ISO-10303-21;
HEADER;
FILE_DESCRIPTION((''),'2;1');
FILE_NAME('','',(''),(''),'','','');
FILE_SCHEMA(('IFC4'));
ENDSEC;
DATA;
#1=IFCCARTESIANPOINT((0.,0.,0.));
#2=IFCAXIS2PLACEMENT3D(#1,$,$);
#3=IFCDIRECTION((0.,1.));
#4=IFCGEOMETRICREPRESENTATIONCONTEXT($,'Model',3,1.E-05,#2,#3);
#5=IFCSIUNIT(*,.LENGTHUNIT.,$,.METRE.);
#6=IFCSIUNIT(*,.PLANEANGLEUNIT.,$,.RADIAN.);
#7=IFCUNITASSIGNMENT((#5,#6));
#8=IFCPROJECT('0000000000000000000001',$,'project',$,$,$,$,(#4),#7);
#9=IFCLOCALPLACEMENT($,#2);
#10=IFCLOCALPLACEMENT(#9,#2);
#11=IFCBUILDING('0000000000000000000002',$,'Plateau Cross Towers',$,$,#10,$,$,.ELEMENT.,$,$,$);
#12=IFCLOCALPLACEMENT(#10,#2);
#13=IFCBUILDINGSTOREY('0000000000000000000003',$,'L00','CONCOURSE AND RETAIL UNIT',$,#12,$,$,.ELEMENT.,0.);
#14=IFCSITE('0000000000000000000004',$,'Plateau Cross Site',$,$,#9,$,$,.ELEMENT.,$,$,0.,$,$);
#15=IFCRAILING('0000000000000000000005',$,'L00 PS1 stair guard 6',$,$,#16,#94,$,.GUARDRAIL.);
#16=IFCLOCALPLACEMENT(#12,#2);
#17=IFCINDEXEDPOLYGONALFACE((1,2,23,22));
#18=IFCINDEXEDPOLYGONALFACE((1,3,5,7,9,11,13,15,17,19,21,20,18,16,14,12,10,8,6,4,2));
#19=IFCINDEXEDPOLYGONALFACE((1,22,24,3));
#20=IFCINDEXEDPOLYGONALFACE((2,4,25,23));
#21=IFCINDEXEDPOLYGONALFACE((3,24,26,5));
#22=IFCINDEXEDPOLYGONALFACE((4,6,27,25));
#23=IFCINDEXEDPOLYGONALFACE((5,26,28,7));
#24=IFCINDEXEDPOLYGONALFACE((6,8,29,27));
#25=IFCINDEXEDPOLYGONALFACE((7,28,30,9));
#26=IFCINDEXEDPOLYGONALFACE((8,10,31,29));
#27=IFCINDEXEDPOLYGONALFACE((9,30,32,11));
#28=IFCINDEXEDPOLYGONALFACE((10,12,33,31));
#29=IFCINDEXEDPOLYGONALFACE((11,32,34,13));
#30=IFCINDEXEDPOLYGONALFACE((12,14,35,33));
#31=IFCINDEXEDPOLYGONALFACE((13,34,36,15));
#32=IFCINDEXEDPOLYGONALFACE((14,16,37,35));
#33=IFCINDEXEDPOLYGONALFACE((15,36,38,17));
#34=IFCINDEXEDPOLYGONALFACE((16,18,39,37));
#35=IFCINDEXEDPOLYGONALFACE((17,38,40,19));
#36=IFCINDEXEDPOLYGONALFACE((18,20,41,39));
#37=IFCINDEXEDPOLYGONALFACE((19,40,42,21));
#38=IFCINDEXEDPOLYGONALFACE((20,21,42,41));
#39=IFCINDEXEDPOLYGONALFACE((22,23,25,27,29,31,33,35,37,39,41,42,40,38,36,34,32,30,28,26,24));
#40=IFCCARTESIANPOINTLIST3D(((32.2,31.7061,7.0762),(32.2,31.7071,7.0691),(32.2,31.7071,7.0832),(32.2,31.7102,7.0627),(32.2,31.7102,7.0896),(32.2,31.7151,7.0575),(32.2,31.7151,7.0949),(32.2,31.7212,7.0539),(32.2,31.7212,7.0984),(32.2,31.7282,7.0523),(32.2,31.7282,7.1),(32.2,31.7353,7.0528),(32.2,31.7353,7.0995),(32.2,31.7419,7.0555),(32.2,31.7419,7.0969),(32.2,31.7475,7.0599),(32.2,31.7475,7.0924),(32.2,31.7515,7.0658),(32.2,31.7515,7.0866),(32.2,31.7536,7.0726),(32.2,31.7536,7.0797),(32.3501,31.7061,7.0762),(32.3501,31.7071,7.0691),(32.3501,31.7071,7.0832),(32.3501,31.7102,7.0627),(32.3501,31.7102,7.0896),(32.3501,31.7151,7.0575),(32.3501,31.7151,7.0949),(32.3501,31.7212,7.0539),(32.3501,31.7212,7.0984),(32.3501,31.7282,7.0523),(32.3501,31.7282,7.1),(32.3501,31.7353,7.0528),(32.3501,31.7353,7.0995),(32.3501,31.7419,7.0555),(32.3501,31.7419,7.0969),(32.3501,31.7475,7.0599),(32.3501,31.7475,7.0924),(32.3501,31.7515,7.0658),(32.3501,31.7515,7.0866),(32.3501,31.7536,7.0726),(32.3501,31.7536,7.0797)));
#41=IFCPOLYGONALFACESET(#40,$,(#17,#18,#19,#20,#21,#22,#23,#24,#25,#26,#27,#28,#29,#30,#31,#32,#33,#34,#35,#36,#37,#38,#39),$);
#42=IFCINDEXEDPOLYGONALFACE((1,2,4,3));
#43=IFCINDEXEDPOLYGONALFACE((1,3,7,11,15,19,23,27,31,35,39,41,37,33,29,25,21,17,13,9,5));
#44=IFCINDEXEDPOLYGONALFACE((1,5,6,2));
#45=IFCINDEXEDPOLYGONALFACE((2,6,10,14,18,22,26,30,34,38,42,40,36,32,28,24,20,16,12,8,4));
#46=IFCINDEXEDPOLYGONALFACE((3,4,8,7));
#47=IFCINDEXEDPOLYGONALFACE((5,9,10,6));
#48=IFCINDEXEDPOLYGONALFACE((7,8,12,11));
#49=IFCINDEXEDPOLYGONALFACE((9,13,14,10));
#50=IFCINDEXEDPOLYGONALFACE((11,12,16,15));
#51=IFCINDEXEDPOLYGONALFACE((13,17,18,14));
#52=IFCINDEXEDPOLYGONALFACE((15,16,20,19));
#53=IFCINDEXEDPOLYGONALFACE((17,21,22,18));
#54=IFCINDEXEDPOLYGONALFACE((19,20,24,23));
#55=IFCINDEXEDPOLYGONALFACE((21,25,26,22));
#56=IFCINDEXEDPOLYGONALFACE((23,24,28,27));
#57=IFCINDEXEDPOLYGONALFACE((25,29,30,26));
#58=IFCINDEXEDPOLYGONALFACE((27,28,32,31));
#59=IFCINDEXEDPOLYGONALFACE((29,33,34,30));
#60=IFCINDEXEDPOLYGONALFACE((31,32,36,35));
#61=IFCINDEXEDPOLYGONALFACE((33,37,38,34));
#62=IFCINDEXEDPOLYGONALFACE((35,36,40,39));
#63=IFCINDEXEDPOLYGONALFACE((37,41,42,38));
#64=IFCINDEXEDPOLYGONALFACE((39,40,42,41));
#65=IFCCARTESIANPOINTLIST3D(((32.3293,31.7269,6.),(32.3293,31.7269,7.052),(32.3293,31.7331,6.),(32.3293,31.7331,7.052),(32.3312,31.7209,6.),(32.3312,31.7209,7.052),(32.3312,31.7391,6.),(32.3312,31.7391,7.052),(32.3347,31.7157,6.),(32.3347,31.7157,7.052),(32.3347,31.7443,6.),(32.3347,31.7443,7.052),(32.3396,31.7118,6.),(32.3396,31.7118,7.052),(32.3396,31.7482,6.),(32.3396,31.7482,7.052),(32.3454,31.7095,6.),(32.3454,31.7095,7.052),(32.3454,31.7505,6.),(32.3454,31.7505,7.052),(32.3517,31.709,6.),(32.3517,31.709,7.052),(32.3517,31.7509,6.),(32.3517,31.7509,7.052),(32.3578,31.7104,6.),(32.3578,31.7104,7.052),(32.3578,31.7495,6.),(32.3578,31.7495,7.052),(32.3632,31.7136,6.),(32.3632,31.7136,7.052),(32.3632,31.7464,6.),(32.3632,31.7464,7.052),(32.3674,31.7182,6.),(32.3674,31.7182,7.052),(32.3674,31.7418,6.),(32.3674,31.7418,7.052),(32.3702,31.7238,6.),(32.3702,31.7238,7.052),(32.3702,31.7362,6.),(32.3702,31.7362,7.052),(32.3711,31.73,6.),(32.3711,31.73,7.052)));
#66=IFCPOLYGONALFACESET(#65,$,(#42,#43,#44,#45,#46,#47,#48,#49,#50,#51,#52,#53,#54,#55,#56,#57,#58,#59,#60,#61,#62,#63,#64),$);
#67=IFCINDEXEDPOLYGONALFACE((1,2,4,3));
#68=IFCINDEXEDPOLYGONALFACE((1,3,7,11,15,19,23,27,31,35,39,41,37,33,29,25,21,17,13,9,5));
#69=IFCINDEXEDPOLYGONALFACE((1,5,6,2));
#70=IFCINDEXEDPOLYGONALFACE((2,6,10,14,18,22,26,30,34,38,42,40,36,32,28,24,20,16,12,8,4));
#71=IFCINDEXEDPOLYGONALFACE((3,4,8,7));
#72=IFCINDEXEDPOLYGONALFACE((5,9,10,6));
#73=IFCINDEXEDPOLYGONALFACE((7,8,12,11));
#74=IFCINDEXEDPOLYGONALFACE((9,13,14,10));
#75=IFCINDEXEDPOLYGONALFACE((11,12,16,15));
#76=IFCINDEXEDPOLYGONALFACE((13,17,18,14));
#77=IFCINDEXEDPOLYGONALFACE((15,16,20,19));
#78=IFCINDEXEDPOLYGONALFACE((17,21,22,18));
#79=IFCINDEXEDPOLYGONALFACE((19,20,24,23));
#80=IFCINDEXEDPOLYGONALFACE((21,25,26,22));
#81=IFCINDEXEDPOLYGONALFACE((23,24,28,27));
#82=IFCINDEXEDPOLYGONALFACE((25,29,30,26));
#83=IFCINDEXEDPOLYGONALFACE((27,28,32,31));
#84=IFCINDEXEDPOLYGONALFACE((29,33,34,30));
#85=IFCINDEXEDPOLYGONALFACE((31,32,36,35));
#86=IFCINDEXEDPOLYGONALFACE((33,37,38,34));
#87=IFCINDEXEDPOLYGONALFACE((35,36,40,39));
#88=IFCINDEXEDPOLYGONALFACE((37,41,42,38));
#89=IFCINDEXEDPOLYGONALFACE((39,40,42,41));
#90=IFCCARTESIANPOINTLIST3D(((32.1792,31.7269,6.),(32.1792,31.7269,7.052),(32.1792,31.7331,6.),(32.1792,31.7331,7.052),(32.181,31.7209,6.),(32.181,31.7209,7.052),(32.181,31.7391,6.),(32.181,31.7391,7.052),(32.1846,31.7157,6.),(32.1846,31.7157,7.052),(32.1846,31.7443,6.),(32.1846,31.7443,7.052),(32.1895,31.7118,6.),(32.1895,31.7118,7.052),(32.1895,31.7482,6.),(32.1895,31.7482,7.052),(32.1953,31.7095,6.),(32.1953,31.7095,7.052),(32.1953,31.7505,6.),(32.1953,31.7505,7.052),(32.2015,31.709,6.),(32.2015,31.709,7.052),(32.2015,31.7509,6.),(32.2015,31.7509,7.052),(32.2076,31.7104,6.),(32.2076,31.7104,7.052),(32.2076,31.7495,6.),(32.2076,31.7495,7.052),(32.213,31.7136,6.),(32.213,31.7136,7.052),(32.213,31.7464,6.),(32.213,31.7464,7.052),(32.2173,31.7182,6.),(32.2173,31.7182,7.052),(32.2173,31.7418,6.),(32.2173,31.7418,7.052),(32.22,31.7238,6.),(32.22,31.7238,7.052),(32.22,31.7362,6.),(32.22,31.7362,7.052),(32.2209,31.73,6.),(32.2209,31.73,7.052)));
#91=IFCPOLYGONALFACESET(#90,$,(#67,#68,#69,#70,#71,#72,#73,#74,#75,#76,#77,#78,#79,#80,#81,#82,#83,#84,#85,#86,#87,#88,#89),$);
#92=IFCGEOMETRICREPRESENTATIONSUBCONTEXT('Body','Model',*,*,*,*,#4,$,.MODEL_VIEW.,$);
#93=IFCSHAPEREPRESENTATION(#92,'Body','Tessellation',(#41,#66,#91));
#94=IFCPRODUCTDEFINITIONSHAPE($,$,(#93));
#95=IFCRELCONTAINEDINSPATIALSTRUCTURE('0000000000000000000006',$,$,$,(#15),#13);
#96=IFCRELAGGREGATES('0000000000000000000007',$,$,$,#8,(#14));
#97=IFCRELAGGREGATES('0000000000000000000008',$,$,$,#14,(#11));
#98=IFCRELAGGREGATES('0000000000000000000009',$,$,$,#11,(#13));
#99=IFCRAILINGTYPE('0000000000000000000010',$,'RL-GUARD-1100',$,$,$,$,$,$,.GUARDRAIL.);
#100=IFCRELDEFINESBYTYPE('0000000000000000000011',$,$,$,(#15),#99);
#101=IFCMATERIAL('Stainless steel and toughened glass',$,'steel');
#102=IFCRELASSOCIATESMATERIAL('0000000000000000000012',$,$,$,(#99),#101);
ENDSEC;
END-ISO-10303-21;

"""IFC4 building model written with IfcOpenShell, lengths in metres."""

from ifc_helpers import new_model, si_unit, direction, frame, origin, origin_2d, place, context, subcontext, project, spatial, circle, extrude, material, type_object, element, save


model = new_model("IFC4")

# Units and contexts
model_context = context("Model", 3, precision=1e-05, world=origin(), true_north=direction((0.0, 1.0)))
body_context = subcontext(model_context, "Body", "Model", "MODEL_VIEW")
ifc_project = project(units=[si_unit("LENGTHUNIT", "METRE"), si_unit("PLANEANGLEUNIT", "RADIAN")], contexts=[model_context])

# Site, building, storey
site_placement = place(None, origin())
site = spatial("IfcSite", under=ifc_project, at=site_placement, Name="Plateau Cross Site", CompositionType="ELEMENT", RefElevation=0.0)
building_placement = place(site_placement, origin())
building = spatial("IfcBuilding", under=site, at=building_placement, Name="Plateau Cross Towers", CompositionType="ELEMENT")
storey_placement = place(building_placement, origin())
storey = spatial("IfcBuildingStorey", under=building, at=storey_placement, Name="L00", Description="CONCOURSE AND RETAIL UNIT", CompositionType="ELEMENT", Elevation=0.0)

# Railing
ifc_material_1 = material(Name="Stainless steel and toughened glass", Category="steel")
railing_type_1 = type_object("IfcRailingType", Name="RL-GUARD-1100", PredefinedType="GUARDRAIL", material=ifc_material_1)
railing_1_placement = place(storey_placement, frame((32.3501, 31.73, 6.0)))
element("IfcRailing", 1, at=railing_1_placement, inside=storey, type_object=railing_type_1, Name="L00 PS1 stair guard 6", PredefinedType="GUARDRAIL", context=body_context, shape_type="SweptSolid", body=[
    extrude(circle(Radius=0.0239, at=origin_2d()), frame((0.0, 0.0, 1.0762), z_axis=(-1.0, 0.0, 0.0), x_axis=(0.0, -1.0, 0.0)), (0.0, 0.0, 1.0), 0.1501),
    extrude(circle(Radius=0.021, at=origin_2d()), origin(), (0.0, 0.0, 1.0), 1.052),
    extrude(circle(Radius=0.021, at=origin_2d()), frame((-0.1501, 0.0, 0.0)), (0.0, 0.0, 1.0), 1.052),
])

save(model, "model.ifc")
